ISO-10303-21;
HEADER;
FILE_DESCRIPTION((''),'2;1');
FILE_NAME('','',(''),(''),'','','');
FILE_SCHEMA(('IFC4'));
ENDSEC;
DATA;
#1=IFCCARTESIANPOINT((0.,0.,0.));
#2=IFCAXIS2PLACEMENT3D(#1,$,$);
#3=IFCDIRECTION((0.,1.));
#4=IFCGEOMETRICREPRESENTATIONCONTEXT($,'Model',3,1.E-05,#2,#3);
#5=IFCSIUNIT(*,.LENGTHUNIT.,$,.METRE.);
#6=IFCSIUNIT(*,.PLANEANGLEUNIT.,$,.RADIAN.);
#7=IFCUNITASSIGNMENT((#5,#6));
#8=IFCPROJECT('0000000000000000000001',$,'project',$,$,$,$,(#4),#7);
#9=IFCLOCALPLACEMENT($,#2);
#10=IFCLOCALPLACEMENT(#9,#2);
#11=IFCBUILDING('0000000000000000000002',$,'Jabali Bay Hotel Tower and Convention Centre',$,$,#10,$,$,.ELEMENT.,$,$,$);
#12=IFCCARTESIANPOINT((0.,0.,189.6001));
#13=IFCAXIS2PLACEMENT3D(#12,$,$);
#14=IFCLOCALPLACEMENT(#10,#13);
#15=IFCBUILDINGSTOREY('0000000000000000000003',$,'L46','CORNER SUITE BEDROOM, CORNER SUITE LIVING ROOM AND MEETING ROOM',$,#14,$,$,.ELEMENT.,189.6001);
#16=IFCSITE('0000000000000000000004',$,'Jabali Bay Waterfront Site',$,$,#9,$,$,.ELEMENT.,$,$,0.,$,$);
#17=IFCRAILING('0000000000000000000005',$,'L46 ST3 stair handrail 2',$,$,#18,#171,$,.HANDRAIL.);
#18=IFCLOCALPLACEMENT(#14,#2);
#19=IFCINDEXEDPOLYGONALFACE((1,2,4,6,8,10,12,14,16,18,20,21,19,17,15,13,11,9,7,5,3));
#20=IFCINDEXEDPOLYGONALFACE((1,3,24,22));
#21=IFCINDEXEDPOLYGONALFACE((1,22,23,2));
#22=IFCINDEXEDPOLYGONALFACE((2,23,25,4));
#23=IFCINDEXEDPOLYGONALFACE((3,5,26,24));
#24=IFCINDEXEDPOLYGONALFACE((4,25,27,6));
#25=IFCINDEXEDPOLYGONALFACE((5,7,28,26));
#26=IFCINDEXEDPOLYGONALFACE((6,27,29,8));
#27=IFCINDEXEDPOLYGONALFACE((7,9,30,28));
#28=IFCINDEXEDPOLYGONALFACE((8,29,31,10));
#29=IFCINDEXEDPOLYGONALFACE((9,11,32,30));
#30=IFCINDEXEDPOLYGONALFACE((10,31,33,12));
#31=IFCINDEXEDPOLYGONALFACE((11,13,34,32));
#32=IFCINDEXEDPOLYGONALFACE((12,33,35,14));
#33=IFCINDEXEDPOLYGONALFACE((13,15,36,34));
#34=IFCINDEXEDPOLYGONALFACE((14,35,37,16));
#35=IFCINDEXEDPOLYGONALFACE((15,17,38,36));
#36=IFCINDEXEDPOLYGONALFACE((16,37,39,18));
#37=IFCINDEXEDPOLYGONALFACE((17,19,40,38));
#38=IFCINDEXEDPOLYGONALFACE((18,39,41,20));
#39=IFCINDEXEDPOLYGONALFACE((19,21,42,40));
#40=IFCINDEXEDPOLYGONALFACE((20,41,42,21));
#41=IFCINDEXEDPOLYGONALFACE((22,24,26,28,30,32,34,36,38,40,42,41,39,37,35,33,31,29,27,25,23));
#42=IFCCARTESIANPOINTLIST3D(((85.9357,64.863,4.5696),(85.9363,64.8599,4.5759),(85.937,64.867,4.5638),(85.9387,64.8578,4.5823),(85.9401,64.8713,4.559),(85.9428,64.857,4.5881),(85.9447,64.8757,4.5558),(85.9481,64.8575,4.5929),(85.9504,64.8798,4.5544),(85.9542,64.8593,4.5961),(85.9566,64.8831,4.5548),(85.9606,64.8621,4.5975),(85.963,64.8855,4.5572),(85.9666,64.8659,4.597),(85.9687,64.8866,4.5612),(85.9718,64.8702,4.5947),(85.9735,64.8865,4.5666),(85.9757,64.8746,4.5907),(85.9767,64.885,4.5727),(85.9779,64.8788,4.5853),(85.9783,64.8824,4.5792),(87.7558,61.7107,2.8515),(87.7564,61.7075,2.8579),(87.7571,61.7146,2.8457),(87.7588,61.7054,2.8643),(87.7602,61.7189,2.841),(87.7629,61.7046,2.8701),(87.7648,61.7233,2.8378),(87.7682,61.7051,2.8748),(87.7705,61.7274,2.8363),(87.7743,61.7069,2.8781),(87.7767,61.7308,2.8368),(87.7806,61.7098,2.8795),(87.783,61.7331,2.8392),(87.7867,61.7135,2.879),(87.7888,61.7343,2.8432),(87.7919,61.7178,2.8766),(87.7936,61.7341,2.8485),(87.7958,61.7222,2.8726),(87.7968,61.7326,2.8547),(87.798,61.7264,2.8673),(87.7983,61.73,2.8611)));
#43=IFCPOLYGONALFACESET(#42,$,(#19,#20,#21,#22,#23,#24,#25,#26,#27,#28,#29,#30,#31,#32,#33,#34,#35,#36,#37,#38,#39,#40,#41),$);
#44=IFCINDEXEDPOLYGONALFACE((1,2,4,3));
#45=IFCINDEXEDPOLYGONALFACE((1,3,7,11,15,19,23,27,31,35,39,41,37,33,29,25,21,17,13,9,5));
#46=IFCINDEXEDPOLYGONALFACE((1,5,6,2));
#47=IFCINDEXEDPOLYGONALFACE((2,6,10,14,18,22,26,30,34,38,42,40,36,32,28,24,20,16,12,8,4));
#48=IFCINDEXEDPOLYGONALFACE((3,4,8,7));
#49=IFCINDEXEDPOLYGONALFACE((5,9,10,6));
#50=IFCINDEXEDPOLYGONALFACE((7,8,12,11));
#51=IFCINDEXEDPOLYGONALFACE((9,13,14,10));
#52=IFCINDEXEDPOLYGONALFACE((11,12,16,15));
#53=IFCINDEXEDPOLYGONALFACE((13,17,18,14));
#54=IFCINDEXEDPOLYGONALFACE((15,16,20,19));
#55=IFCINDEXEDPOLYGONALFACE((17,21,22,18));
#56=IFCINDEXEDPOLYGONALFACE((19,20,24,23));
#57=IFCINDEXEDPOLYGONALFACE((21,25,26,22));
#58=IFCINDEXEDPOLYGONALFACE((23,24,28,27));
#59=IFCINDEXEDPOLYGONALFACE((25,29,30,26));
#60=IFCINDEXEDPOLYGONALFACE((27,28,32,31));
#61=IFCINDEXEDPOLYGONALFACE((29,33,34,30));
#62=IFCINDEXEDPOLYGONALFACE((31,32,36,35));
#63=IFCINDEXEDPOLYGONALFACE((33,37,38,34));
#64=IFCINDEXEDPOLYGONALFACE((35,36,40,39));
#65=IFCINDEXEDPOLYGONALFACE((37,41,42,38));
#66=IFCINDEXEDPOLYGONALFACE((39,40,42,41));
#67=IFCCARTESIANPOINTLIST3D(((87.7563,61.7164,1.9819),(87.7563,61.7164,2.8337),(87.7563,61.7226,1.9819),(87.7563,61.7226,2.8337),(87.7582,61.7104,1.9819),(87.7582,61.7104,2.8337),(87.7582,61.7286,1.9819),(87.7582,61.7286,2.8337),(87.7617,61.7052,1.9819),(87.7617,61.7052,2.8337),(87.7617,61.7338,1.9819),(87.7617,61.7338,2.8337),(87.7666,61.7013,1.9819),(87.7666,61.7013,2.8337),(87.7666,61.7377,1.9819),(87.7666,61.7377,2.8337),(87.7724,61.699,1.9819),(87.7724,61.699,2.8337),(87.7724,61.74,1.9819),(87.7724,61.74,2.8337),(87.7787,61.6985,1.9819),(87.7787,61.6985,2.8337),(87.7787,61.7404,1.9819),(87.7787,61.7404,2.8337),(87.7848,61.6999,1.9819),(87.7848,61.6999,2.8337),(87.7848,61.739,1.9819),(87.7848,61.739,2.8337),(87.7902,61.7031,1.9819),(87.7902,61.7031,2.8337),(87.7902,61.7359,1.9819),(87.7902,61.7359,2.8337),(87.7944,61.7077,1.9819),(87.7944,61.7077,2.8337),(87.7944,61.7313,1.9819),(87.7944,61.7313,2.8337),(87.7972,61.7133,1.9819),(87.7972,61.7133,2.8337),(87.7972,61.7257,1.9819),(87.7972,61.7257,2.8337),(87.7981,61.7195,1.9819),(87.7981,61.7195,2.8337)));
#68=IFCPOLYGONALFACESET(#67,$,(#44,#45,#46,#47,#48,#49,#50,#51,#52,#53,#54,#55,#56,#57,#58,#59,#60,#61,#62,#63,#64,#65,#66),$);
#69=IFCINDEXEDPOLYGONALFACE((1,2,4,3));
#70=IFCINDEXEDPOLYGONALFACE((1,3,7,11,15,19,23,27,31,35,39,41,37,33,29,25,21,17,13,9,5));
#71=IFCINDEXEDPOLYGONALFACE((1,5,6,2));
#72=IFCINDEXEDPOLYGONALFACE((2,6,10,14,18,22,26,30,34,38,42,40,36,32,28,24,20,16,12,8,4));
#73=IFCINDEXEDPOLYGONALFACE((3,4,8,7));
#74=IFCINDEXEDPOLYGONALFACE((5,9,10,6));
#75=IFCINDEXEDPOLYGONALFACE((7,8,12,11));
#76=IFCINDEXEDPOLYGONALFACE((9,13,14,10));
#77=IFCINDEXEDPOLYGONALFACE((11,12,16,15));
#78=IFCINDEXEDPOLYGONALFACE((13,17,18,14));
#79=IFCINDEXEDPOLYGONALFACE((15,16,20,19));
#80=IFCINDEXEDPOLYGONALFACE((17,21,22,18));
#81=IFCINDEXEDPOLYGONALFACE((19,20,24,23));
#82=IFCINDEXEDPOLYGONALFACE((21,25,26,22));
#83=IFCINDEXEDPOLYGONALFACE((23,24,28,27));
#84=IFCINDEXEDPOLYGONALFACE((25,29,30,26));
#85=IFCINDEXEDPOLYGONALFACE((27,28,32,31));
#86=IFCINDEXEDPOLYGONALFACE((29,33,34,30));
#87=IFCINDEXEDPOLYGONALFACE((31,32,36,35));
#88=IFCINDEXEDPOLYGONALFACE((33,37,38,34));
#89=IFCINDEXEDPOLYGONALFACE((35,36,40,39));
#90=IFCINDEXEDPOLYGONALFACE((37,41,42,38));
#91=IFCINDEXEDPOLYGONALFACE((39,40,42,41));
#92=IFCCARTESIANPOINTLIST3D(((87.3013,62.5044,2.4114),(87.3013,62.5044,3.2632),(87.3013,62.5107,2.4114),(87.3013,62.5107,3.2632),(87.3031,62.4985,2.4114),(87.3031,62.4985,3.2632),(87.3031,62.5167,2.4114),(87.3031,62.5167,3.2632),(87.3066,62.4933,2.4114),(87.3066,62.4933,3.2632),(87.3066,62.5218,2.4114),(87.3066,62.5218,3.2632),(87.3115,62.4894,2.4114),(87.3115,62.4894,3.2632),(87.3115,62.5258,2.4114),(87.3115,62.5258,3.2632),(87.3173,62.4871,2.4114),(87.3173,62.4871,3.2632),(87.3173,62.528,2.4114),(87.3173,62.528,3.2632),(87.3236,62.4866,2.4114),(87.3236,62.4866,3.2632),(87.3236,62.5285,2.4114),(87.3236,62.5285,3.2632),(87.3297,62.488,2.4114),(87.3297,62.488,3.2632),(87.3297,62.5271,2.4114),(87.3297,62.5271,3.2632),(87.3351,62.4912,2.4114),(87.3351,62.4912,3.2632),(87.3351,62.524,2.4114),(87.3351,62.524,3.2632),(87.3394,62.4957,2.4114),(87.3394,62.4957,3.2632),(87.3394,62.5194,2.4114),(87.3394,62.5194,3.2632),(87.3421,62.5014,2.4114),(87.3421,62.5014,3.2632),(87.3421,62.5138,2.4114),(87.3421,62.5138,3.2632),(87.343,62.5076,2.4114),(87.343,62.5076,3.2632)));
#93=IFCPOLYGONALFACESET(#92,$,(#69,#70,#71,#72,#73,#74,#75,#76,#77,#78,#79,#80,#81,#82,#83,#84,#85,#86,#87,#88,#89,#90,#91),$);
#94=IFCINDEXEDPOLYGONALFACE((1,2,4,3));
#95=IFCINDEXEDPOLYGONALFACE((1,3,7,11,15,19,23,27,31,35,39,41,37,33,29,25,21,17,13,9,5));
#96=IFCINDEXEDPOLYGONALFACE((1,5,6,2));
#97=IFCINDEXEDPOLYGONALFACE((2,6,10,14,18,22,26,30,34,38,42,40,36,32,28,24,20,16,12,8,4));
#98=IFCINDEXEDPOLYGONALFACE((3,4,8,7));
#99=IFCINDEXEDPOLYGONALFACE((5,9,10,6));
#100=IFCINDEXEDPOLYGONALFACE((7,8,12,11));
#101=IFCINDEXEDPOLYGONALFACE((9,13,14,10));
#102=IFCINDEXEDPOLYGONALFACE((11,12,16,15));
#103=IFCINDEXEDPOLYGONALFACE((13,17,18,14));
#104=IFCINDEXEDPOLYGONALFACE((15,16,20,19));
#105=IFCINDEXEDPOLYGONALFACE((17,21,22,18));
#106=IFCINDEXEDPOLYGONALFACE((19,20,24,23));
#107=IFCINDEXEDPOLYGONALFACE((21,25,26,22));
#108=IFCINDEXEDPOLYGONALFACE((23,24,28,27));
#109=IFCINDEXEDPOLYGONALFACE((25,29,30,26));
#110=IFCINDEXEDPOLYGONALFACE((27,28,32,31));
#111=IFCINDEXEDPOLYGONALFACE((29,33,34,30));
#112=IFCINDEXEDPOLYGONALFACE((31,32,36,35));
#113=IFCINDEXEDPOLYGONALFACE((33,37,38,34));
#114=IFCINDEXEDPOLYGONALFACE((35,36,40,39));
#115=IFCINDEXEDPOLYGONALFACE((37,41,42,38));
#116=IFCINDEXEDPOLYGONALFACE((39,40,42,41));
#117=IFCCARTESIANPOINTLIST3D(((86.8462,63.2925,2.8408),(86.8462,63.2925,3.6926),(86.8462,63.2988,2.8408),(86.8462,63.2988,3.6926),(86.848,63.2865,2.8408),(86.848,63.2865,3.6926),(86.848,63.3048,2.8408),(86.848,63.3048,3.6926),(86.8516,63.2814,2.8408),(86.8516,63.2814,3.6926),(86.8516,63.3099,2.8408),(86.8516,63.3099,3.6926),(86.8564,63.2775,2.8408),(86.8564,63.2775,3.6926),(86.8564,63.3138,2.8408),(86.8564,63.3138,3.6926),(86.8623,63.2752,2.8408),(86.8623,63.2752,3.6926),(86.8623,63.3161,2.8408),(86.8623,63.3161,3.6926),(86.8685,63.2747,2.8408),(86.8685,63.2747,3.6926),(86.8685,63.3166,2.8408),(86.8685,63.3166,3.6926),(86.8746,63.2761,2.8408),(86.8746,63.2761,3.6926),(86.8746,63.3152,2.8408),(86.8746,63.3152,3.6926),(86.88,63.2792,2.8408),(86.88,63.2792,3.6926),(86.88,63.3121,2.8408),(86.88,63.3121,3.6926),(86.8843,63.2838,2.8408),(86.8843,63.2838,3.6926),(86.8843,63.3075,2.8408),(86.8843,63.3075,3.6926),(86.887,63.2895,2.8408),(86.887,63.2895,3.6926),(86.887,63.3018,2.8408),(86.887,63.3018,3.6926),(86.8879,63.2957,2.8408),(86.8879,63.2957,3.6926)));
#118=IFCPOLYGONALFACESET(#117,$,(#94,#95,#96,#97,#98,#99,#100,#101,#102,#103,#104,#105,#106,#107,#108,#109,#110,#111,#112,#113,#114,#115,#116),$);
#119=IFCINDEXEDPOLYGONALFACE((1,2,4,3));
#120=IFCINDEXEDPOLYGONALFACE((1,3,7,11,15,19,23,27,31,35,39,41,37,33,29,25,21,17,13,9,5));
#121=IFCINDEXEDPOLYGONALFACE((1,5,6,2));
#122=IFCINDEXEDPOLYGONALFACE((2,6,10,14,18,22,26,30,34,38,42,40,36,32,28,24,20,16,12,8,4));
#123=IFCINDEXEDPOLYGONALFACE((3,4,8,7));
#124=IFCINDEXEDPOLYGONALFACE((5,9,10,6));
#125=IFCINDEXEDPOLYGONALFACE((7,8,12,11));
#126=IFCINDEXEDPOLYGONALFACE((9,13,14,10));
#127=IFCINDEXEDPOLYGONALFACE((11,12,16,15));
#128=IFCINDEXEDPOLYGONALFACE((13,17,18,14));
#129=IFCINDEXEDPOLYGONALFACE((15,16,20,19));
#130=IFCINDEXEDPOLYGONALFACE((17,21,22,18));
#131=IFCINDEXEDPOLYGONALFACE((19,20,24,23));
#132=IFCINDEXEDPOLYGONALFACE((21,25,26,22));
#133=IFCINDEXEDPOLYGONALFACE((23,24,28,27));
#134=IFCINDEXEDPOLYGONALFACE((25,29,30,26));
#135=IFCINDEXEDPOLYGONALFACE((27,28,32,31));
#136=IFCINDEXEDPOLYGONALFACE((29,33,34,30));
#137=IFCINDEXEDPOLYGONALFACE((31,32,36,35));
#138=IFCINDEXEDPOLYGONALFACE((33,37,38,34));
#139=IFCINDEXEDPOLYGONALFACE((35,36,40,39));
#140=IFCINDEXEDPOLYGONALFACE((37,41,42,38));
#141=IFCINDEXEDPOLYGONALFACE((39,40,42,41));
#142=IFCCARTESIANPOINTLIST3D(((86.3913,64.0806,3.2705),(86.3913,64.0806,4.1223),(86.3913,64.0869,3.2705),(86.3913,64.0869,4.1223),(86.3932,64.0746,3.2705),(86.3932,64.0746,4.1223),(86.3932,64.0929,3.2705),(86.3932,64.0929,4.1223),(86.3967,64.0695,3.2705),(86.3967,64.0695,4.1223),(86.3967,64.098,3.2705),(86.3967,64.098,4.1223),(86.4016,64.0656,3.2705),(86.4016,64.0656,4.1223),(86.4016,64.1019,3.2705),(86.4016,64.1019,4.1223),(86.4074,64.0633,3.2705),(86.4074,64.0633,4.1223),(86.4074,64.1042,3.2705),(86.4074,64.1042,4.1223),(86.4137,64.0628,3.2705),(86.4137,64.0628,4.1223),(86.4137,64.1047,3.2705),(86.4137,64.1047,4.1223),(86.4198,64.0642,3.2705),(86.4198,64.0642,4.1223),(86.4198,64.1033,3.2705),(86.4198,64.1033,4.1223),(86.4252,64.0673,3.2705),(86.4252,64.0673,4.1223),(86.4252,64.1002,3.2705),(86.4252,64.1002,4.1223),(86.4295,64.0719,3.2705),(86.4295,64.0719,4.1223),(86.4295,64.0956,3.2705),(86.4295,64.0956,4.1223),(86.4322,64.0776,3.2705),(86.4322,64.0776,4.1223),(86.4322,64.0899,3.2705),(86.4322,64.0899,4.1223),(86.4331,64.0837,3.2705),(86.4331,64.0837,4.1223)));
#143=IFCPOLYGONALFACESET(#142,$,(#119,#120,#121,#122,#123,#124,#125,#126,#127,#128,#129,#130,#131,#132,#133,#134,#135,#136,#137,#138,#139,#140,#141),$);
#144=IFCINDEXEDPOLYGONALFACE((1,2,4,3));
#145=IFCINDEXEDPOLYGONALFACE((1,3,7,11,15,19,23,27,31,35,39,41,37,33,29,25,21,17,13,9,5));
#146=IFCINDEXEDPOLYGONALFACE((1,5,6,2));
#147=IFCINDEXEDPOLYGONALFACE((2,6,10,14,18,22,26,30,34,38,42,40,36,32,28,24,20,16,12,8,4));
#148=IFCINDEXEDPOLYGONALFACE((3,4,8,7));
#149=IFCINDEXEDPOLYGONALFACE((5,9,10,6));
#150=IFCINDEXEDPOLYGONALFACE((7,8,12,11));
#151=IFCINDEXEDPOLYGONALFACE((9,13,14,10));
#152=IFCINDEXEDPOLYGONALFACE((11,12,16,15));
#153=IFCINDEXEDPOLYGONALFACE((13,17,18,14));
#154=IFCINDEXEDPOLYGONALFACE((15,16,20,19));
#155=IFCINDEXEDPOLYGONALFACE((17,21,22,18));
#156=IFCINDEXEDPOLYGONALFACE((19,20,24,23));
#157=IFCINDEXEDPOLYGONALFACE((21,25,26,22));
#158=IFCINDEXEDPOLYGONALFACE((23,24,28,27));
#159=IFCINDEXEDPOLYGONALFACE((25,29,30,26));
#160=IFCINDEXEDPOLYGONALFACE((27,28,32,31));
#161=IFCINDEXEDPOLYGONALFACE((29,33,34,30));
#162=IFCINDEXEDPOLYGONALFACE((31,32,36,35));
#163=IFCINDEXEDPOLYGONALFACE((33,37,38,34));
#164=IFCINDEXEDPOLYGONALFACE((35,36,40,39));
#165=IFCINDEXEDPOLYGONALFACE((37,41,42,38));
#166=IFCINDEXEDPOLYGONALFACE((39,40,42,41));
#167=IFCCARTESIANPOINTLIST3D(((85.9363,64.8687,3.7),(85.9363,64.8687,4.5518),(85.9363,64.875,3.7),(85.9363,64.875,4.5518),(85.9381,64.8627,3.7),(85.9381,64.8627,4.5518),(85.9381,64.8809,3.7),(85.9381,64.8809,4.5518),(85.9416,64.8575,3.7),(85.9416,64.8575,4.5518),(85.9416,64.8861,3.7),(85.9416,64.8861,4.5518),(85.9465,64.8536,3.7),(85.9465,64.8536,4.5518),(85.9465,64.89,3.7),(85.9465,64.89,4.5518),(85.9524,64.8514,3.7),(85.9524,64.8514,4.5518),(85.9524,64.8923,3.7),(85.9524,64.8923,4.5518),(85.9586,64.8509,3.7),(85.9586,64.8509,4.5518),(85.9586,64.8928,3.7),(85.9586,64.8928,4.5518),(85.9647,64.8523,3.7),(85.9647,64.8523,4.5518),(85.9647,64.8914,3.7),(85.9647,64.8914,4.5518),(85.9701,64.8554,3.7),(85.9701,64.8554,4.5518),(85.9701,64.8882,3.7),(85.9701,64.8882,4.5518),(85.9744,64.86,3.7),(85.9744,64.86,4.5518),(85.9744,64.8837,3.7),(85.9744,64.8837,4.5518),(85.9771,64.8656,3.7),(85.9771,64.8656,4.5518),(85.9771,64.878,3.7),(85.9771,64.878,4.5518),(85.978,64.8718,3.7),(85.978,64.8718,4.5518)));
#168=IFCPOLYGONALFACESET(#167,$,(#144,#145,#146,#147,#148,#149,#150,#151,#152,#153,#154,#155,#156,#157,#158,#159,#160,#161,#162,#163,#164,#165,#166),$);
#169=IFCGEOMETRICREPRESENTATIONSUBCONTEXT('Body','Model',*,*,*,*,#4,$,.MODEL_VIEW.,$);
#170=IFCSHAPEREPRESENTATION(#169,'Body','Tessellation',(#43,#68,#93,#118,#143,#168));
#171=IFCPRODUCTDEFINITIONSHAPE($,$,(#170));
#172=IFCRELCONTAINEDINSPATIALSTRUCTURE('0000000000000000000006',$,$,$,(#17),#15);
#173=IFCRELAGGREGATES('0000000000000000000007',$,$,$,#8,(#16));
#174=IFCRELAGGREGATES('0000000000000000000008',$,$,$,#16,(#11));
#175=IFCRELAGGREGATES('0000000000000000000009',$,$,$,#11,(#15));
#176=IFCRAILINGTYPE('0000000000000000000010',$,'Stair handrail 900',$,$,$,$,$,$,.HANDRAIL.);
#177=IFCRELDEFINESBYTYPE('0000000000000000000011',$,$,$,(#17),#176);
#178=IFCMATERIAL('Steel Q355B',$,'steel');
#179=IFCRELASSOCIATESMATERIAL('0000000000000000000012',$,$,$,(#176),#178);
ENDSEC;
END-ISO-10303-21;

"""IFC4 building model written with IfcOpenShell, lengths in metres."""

from ifc_helpers import new_model, si_unit, direction, frame, origin, origin_2d, place, context, subcontext, project, spatial, circle, extrude, material, type_object, element, save


model = new_model("IFC4")

# Units and contexts
model_context = context("Model", 3, precision=1e-05, world=origin(), true_north=direction((0.0, 1.0)))
body_context = subcontext(model_context, "Body", "Model", "MODEL_VIEW")
ifc_project = project(units=[si_unit("LENGTHUNIT", "METRE"), si_unit("PLANEANGLEUNIT", "RADIAN")], contexts=[model_context])

# Site, building, storey
site_placement = place(None, origin())
site = spatial("IfcSite", under=ifc_project, at=site_placement, Name="Jabali Bay Waterfront Site", CompositionType="ELEMENT", RefElevation=0.0)
building_placement = place(site_placement, origin())
building = spatial("IfcBuilding", under=site, at=building_placement, Name="Jabali Bay Hotel Tower and Convention Centre", CompositionType="ELEMENT")
storey_placement = place(building_placement, frame((0.0, 0.0, 189.6001)))
storey = spatial("IfcBuildingStorey", under=building, at=storey_placement, Name="L46", Description="CORNER SUITE BEDROOM, CORNER SUITE LIVING ROOM AND MEETING ROOM", CompositionType="ELEMENT", Elevation=189.6001)

# Railing
ifc_material_1 = material(Name="Steel Q355B", Category="steel")
railing_type_1 = type_object("IfcRailingType", Name="Stair handrail 900", PredefinedType="HANDRAIL", material=ifc_material_1)
railing_1_placement = place(storey_placement, frame((87.7771, 61.7195, 1.9819)))
element("IfcRailing", 1, at=railing_1_placement, inside=storey, type_object=railing_type_1, Name="L46 ST3 stair handrail 2", PredefinedType="HANDRAIL", context=body_context, shape_type="SweptSolid", body=[
    extrude(circle(Radius=0.0239, at=origin_2d()), frame((0.0, 0.0, 0.876), z_axis=(-0.452179, 0.78317, 0.426825), x_axis=(-0.866018, -0.500013, 0.0)), (0.0, 0.0, 1.0), 4.0251),
    extrude(circle(Radius=0.021, at=origin_2d()), origin(), (0.0, 0.0, 1.0), 0.8518),
    extrude(circle(Radius=0.021, at=origin_2d()), frame((-0.4551, 0.7881, 0.4294)), (0.0, 0.0, 1.0), 0.8518),
    extrude(circle(Radius=0.021, at=origin_2d()), frame((-0.9102, 1.5762, 0.8589)), (0.0, 0.0, 1.0), 0.8518),
    extrude(circle(Radius=0.021, at=origin_2d()), frame((-1.365, 2.3643, 1.2886)), (0.0, 0.0, 1.0), 0.8518),
    extrude(circle(Radius=0.021, at=origin_2d()), frame((-1.8201, 3.1523, 1.718)), (0.0, 0.0, 1.0), 0.8518),
])

save(model, "model.ifc")
